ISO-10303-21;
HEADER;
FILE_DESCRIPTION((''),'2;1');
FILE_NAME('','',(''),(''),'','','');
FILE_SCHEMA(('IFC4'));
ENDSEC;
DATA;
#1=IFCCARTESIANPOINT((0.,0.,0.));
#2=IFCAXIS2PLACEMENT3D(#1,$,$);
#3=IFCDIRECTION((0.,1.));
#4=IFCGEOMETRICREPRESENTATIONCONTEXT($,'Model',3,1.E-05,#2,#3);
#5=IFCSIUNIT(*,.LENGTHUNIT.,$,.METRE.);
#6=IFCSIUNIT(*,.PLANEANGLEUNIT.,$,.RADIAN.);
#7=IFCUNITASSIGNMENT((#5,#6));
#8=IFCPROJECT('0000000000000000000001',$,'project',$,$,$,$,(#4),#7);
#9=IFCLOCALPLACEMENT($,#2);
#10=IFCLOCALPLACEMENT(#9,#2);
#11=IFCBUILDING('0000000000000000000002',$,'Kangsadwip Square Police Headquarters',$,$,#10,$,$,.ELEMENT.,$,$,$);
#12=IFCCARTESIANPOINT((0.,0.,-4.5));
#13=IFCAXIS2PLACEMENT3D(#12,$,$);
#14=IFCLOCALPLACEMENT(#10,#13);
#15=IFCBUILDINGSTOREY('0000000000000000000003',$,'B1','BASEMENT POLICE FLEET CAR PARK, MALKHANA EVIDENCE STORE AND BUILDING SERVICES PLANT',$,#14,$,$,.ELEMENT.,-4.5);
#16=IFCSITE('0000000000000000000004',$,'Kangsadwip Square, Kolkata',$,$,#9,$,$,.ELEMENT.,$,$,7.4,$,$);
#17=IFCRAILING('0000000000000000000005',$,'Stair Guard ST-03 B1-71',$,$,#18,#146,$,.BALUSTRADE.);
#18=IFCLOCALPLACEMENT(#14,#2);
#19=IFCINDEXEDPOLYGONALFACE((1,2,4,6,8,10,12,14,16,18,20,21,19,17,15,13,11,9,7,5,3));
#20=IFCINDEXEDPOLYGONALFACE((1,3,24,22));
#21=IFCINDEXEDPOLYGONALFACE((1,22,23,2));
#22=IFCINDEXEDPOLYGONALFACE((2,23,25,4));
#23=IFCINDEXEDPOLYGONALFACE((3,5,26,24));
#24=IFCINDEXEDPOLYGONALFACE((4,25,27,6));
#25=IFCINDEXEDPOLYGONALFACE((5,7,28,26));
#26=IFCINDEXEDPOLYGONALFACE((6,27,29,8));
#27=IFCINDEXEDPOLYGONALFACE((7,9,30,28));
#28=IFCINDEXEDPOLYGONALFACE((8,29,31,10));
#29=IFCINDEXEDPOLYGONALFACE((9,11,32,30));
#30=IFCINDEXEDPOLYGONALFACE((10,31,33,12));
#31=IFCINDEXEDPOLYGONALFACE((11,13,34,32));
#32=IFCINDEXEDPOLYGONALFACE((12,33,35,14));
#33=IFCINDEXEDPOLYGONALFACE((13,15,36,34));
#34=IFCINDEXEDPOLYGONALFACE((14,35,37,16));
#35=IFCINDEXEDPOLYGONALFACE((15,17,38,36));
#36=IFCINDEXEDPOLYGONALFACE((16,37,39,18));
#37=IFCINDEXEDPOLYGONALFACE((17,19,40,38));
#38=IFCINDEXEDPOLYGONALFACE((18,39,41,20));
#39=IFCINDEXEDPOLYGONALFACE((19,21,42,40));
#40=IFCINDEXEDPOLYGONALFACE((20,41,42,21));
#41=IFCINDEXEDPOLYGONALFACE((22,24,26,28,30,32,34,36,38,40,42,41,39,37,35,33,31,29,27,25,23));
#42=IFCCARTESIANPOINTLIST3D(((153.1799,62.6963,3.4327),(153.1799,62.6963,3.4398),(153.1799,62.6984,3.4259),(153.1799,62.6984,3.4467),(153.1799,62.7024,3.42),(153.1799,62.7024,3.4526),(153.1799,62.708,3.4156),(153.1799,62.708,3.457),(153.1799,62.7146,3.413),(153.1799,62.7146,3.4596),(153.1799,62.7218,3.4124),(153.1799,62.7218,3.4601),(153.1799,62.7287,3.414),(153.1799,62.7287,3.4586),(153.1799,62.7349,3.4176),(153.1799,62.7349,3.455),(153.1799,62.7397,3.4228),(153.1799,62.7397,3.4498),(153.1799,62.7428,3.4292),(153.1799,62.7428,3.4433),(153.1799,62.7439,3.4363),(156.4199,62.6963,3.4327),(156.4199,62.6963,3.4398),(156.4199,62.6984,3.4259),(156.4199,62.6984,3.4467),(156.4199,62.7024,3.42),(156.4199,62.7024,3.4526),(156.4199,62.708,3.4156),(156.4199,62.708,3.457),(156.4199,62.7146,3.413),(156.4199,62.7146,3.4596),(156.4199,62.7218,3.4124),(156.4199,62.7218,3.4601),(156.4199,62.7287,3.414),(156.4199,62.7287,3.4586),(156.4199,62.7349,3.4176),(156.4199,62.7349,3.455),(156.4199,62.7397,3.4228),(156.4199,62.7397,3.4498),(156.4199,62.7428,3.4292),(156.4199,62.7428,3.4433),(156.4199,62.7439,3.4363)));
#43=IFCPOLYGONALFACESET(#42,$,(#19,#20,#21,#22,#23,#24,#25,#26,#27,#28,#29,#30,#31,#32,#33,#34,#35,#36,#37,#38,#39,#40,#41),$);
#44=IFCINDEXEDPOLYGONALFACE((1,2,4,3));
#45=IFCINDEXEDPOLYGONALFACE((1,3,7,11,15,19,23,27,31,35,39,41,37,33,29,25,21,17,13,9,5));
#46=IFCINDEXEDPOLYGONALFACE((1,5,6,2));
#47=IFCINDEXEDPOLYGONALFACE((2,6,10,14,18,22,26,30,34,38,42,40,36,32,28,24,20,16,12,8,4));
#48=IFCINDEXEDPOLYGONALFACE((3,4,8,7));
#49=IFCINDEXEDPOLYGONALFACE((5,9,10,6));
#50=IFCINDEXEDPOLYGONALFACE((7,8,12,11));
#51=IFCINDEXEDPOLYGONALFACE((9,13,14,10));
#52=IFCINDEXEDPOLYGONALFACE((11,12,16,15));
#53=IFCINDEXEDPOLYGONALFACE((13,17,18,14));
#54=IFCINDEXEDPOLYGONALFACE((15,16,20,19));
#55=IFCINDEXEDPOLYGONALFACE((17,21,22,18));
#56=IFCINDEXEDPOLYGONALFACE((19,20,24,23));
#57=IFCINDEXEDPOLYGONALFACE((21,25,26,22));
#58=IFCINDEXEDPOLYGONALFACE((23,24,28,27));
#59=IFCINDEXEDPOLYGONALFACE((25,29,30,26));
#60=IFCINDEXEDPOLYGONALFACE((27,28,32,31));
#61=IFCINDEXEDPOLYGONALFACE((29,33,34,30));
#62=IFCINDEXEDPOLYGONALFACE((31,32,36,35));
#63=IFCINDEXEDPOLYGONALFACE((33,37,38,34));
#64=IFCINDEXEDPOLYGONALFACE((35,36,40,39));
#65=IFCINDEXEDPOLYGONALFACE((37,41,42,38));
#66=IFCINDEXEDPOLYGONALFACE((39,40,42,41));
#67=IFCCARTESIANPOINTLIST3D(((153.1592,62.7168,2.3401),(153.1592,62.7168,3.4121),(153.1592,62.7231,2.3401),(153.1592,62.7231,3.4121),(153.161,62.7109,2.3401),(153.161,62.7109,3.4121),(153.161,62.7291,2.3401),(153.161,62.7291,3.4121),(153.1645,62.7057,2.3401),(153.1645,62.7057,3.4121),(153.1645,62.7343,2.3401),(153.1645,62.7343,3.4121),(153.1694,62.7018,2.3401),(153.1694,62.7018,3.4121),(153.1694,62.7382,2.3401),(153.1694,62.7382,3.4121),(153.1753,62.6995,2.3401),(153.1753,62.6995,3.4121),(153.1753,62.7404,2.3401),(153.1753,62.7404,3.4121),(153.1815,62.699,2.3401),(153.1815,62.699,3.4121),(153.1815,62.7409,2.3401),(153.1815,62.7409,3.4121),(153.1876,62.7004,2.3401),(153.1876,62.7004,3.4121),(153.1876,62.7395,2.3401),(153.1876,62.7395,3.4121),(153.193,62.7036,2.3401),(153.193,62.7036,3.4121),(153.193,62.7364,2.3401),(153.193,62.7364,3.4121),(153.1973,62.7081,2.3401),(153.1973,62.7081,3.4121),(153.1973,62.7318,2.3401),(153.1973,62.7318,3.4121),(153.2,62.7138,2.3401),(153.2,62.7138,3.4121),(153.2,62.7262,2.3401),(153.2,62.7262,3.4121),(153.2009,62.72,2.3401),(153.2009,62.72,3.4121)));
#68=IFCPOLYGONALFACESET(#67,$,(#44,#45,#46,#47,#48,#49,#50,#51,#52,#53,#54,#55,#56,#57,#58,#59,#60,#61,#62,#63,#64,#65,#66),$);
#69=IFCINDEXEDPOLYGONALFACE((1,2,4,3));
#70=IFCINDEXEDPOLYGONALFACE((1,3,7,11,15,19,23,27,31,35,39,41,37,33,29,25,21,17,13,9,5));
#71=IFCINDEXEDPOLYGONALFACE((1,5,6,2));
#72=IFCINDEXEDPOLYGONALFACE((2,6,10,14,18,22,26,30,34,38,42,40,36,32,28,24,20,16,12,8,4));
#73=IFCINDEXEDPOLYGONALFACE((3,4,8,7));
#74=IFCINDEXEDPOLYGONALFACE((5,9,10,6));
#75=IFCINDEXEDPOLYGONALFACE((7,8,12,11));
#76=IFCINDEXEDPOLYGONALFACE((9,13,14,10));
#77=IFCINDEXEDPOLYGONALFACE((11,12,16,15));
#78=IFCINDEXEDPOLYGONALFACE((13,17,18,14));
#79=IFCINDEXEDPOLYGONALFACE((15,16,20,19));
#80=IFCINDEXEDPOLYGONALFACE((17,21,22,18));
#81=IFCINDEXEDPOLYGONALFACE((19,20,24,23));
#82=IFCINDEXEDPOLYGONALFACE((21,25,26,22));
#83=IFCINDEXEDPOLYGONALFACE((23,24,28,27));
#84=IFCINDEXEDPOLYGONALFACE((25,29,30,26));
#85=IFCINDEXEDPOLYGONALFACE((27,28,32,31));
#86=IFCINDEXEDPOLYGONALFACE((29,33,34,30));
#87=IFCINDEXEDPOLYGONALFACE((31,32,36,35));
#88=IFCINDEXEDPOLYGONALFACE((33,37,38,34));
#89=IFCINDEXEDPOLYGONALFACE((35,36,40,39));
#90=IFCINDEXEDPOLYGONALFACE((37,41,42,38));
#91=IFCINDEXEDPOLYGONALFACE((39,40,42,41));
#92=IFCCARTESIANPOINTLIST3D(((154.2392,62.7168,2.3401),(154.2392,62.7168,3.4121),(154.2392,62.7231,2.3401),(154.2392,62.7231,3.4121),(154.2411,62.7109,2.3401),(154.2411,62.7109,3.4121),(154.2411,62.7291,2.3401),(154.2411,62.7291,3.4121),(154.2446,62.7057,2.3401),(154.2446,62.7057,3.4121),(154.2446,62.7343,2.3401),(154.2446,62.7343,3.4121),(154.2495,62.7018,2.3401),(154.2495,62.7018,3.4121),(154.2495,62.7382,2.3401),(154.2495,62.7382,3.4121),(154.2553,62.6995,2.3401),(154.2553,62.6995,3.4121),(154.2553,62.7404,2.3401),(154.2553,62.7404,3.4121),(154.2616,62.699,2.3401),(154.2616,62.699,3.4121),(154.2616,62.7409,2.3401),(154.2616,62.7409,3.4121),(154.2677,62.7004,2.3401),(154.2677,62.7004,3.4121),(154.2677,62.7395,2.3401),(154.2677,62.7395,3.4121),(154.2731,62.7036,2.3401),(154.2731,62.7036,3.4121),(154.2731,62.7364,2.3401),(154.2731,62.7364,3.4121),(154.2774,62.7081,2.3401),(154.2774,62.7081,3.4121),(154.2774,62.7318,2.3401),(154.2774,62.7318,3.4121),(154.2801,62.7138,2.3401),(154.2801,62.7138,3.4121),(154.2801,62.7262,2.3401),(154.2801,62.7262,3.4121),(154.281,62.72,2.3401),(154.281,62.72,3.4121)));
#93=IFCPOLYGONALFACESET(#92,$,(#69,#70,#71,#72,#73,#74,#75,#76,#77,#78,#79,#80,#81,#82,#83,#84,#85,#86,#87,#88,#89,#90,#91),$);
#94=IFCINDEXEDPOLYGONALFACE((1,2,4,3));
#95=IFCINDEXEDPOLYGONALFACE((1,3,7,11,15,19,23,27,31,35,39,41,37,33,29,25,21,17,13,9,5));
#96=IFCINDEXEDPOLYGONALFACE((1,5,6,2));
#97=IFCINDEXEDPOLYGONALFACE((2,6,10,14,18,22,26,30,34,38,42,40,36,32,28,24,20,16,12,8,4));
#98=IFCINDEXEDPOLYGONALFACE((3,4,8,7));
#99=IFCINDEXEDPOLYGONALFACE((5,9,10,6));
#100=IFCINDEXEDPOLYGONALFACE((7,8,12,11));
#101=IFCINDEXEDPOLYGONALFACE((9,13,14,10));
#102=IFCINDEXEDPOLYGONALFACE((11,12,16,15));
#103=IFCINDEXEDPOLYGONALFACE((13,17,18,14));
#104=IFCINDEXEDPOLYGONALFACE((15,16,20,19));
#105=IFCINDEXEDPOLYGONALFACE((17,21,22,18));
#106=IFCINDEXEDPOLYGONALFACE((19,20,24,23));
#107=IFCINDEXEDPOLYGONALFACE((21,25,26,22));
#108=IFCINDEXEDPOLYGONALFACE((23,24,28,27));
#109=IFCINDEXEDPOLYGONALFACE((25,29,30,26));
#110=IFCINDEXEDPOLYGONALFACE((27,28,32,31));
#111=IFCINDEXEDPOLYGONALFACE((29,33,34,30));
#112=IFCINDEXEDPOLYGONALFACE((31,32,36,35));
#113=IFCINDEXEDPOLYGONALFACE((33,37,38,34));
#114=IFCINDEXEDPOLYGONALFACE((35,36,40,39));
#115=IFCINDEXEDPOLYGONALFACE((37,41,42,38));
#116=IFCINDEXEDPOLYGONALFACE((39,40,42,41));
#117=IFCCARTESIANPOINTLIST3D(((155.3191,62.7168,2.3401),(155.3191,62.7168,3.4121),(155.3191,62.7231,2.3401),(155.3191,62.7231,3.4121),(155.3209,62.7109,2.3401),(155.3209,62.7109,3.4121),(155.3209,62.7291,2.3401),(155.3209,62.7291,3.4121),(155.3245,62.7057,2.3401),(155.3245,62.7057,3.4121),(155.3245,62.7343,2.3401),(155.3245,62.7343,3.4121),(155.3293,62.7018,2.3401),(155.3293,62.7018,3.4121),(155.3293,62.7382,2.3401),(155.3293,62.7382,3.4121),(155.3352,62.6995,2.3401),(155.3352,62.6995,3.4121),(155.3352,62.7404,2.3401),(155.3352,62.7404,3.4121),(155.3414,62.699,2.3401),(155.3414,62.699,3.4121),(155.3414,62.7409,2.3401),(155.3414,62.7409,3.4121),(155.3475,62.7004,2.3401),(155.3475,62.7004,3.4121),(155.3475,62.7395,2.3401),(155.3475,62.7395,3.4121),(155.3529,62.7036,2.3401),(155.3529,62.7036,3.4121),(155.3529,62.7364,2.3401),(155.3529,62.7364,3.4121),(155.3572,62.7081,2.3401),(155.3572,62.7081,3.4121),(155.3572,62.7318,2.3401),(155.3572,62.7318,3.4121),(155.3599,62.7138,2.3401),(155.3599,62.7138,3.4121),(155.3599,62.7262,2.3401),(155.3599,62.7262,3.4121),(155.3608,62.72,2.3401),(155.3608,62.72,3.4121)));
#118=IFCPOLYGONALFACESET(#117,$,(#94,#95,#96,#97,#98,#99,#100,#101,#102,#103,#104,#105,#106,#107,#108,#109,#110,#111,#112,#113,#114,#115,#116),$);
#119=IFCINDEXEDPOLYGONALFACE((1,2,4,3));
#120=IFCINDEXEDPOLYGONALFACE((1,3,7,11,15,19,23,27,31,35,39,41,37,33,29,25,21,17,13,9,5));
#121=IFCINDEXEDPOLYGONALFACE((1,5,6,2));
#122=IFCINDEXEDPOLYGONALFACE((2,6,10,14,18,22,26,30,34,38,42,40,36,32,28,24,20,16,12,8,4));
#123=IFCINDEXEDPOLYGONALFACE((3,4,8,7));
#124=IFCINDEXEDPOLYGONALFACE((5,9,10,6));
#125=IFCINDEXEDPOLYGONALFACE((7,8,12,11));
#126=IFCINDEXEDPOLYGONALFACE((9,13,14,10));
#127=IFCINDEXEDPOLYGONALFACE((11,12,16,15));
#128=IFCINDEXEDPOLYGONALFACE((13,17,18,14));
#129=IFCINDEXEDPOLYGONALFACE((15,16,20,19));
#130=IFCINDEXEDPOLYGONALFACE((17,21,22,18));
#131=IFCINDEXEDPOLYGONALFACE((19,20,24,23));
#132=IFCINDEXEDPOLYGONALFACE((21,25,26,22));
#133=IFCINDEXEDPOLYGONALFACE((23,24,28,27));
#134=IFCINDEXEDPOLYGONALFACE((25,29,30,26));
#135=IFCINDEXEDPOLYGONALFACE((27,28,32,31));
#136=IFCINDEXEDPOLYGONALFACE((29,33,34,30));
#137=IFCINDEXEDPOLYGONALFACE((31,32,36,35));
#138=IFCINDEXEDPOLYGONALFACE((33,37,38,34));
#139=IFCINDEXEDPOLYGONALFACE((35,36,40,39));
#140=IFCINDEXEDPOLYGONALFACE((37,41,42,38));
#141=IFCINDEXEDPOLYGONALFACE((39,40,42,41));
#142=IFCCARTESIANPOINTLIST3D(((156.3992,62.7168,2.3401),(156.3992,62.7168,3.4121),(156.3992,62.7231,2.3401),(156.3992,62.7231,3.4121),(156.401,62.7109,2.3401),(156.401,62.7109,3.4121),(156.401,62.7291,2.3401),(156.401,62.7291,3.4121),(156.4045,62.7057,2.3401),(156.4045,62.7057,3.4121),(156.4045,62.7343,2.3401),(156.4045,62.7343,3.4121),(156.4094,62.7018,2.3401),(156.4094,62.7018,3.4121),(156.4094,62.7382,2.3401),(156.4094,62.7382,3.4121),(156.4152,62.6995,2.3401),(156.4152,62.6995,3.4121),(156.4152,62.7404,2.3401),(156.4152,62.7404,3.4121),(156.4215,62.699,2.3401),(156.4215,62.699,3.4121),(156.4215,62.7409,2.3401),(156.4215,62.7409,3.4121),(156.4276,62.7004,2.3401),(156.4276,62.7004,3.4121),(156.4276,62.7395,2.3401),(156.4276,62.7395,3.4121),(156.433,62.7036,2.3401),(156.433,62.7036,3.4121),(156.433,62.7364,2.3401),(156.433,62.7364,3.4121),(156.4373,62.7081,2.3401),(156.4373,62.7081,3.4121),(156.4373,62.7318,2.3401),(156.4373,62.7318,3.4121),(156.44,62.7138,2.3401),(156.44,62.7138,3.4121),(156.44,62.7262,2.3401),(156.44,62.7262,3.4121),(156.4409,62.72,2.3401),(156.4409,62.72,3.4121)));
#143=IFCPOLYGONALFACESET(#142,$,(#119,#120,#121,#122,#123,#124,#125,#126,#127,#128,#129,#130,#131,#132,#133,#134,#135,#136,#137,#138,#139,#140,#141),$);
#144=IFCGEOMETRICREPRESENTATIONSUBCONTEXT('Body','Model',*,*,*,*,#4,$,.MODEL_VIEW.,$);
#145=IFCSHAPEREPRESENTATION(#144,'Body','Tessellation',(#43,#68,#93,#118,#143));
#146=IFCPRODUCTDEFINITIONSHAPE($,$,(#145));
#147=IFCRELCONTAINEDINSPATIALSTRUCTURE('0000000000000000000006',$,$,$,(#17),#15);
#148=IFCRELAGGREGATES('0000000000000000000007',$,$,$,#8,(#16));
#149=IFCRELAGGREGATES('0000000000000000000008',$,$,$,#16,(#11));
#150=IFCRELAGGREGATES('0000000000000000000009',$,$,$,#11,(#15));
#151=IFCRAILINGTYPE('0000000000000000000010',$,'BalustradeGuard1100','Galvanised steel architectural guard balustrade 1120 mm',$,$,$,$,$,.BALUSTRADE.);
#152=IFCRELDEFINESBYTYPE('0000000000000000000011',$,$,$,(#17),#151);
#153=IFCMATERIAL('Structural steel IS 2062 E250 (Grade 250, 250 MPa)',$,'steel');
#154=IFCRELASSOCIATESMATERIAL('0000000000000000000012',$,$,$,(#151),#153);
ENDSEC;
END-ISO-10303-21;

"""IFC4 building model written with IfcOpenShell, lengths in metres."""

from ifc_helpers import new_model, si_unit, direction, frame, origin, origin_2d, place, context, subcontext, project, spatial, circle, extrude, material, type_object, element, save


model = new_model("IFC4")

# Units and contexts
model_context = context("Model", 3, precision=1e-05, world=origin(), true_north=direction((0.0, 1.0)))
body_context = subcontext(model_context, "Body", "Model", "MODEL_VIEW")
ifc_project = project(units=[si_unit("LENGTHUNIT", "METRE"), si_unit("PLANEANGLEUNIT", "RADIAN")], contexts=[model_context])

# Site, building, storey
site_placement = place(None, origin())
site = spatial("IfcSite", under=ifc_project, at=site_placement, Name="Kangsadwip Square, Kolkata", CompositionType="ELEMENT", RefElevation=7.4)
building_placement = place(site_placement, origin())
building = spatial("IfcBuilding", under=site, at=building_placement, Name="Kangsadwip Square Police Headquarters", CompositionType="ELEMENT")
storey_placement = place(building_placement, frame((0.0, 0.0, -4.5)))
storey = spatial("IfcBuildingStorey", under=building, at=storey_placement, Name="B1", Description="BASEMENT POLICE FLEET CAR PARK, MALKHANA EVIDENCE STORE AND BUILDING SERVICES PLANT", CompositionType="ELEMENT", Elevation=-4.5)

# Railing
ifc_material_1 = material(Name="Structural steel IS 2062 E250 (Grade 250, 250 MPa)", Category="steel")
railing_type = type_object("IfcRailingType", Name="BalustradeGuard1100", Description="Galvanised steel architectural guard balustrade 1120 mm", PredefinedType="BALUSTRADE", material=ifc_material_1)
railing_placement = place(storey_placement, frame((153.1799, 62.72, 2.3401)))
element("IfcRailing", 1, at=railing_placement, inside=storey, type_object=railing_type, Name="Stair Guard ST-03 B1-71", PredefinedType="BALUSTRADE", context=body_context, shape_type="SweptSolid", body=[
    extrude(circle(Radius=0.0239, at=origin_2d()), frame((0.0, 0.0, 1.0962), z_axis=(1.0, 0.0, 0.0), x_axis=(0.0, 1.0, 0.0)), (0.0, 0.0, 1.0), 3.24),
    extrude(circle(Radius=0.021, at=origin_2d()), origin(), (0.0, 0.0, 1.0), 1.072),
    extrude(circle(Radius=0.021, at=origin_2d()), frame((1.0801, 0.0, 0.0)), (0.0, 0.0, 1.0), 1.072),
    extrude(circle(Radius=0.021, at=origin_2d()), frame((2.1599, 0.0, 0.0)), (0.0, 0.0, 1.0), 1.072),
    extrude(circle(Radius=0.021, at=origin_2d()), frame((3.24, 0.0, 0.0)), (0.0, 0.0, 1.0), 1.072),
])

save(model, "model.ifc")
